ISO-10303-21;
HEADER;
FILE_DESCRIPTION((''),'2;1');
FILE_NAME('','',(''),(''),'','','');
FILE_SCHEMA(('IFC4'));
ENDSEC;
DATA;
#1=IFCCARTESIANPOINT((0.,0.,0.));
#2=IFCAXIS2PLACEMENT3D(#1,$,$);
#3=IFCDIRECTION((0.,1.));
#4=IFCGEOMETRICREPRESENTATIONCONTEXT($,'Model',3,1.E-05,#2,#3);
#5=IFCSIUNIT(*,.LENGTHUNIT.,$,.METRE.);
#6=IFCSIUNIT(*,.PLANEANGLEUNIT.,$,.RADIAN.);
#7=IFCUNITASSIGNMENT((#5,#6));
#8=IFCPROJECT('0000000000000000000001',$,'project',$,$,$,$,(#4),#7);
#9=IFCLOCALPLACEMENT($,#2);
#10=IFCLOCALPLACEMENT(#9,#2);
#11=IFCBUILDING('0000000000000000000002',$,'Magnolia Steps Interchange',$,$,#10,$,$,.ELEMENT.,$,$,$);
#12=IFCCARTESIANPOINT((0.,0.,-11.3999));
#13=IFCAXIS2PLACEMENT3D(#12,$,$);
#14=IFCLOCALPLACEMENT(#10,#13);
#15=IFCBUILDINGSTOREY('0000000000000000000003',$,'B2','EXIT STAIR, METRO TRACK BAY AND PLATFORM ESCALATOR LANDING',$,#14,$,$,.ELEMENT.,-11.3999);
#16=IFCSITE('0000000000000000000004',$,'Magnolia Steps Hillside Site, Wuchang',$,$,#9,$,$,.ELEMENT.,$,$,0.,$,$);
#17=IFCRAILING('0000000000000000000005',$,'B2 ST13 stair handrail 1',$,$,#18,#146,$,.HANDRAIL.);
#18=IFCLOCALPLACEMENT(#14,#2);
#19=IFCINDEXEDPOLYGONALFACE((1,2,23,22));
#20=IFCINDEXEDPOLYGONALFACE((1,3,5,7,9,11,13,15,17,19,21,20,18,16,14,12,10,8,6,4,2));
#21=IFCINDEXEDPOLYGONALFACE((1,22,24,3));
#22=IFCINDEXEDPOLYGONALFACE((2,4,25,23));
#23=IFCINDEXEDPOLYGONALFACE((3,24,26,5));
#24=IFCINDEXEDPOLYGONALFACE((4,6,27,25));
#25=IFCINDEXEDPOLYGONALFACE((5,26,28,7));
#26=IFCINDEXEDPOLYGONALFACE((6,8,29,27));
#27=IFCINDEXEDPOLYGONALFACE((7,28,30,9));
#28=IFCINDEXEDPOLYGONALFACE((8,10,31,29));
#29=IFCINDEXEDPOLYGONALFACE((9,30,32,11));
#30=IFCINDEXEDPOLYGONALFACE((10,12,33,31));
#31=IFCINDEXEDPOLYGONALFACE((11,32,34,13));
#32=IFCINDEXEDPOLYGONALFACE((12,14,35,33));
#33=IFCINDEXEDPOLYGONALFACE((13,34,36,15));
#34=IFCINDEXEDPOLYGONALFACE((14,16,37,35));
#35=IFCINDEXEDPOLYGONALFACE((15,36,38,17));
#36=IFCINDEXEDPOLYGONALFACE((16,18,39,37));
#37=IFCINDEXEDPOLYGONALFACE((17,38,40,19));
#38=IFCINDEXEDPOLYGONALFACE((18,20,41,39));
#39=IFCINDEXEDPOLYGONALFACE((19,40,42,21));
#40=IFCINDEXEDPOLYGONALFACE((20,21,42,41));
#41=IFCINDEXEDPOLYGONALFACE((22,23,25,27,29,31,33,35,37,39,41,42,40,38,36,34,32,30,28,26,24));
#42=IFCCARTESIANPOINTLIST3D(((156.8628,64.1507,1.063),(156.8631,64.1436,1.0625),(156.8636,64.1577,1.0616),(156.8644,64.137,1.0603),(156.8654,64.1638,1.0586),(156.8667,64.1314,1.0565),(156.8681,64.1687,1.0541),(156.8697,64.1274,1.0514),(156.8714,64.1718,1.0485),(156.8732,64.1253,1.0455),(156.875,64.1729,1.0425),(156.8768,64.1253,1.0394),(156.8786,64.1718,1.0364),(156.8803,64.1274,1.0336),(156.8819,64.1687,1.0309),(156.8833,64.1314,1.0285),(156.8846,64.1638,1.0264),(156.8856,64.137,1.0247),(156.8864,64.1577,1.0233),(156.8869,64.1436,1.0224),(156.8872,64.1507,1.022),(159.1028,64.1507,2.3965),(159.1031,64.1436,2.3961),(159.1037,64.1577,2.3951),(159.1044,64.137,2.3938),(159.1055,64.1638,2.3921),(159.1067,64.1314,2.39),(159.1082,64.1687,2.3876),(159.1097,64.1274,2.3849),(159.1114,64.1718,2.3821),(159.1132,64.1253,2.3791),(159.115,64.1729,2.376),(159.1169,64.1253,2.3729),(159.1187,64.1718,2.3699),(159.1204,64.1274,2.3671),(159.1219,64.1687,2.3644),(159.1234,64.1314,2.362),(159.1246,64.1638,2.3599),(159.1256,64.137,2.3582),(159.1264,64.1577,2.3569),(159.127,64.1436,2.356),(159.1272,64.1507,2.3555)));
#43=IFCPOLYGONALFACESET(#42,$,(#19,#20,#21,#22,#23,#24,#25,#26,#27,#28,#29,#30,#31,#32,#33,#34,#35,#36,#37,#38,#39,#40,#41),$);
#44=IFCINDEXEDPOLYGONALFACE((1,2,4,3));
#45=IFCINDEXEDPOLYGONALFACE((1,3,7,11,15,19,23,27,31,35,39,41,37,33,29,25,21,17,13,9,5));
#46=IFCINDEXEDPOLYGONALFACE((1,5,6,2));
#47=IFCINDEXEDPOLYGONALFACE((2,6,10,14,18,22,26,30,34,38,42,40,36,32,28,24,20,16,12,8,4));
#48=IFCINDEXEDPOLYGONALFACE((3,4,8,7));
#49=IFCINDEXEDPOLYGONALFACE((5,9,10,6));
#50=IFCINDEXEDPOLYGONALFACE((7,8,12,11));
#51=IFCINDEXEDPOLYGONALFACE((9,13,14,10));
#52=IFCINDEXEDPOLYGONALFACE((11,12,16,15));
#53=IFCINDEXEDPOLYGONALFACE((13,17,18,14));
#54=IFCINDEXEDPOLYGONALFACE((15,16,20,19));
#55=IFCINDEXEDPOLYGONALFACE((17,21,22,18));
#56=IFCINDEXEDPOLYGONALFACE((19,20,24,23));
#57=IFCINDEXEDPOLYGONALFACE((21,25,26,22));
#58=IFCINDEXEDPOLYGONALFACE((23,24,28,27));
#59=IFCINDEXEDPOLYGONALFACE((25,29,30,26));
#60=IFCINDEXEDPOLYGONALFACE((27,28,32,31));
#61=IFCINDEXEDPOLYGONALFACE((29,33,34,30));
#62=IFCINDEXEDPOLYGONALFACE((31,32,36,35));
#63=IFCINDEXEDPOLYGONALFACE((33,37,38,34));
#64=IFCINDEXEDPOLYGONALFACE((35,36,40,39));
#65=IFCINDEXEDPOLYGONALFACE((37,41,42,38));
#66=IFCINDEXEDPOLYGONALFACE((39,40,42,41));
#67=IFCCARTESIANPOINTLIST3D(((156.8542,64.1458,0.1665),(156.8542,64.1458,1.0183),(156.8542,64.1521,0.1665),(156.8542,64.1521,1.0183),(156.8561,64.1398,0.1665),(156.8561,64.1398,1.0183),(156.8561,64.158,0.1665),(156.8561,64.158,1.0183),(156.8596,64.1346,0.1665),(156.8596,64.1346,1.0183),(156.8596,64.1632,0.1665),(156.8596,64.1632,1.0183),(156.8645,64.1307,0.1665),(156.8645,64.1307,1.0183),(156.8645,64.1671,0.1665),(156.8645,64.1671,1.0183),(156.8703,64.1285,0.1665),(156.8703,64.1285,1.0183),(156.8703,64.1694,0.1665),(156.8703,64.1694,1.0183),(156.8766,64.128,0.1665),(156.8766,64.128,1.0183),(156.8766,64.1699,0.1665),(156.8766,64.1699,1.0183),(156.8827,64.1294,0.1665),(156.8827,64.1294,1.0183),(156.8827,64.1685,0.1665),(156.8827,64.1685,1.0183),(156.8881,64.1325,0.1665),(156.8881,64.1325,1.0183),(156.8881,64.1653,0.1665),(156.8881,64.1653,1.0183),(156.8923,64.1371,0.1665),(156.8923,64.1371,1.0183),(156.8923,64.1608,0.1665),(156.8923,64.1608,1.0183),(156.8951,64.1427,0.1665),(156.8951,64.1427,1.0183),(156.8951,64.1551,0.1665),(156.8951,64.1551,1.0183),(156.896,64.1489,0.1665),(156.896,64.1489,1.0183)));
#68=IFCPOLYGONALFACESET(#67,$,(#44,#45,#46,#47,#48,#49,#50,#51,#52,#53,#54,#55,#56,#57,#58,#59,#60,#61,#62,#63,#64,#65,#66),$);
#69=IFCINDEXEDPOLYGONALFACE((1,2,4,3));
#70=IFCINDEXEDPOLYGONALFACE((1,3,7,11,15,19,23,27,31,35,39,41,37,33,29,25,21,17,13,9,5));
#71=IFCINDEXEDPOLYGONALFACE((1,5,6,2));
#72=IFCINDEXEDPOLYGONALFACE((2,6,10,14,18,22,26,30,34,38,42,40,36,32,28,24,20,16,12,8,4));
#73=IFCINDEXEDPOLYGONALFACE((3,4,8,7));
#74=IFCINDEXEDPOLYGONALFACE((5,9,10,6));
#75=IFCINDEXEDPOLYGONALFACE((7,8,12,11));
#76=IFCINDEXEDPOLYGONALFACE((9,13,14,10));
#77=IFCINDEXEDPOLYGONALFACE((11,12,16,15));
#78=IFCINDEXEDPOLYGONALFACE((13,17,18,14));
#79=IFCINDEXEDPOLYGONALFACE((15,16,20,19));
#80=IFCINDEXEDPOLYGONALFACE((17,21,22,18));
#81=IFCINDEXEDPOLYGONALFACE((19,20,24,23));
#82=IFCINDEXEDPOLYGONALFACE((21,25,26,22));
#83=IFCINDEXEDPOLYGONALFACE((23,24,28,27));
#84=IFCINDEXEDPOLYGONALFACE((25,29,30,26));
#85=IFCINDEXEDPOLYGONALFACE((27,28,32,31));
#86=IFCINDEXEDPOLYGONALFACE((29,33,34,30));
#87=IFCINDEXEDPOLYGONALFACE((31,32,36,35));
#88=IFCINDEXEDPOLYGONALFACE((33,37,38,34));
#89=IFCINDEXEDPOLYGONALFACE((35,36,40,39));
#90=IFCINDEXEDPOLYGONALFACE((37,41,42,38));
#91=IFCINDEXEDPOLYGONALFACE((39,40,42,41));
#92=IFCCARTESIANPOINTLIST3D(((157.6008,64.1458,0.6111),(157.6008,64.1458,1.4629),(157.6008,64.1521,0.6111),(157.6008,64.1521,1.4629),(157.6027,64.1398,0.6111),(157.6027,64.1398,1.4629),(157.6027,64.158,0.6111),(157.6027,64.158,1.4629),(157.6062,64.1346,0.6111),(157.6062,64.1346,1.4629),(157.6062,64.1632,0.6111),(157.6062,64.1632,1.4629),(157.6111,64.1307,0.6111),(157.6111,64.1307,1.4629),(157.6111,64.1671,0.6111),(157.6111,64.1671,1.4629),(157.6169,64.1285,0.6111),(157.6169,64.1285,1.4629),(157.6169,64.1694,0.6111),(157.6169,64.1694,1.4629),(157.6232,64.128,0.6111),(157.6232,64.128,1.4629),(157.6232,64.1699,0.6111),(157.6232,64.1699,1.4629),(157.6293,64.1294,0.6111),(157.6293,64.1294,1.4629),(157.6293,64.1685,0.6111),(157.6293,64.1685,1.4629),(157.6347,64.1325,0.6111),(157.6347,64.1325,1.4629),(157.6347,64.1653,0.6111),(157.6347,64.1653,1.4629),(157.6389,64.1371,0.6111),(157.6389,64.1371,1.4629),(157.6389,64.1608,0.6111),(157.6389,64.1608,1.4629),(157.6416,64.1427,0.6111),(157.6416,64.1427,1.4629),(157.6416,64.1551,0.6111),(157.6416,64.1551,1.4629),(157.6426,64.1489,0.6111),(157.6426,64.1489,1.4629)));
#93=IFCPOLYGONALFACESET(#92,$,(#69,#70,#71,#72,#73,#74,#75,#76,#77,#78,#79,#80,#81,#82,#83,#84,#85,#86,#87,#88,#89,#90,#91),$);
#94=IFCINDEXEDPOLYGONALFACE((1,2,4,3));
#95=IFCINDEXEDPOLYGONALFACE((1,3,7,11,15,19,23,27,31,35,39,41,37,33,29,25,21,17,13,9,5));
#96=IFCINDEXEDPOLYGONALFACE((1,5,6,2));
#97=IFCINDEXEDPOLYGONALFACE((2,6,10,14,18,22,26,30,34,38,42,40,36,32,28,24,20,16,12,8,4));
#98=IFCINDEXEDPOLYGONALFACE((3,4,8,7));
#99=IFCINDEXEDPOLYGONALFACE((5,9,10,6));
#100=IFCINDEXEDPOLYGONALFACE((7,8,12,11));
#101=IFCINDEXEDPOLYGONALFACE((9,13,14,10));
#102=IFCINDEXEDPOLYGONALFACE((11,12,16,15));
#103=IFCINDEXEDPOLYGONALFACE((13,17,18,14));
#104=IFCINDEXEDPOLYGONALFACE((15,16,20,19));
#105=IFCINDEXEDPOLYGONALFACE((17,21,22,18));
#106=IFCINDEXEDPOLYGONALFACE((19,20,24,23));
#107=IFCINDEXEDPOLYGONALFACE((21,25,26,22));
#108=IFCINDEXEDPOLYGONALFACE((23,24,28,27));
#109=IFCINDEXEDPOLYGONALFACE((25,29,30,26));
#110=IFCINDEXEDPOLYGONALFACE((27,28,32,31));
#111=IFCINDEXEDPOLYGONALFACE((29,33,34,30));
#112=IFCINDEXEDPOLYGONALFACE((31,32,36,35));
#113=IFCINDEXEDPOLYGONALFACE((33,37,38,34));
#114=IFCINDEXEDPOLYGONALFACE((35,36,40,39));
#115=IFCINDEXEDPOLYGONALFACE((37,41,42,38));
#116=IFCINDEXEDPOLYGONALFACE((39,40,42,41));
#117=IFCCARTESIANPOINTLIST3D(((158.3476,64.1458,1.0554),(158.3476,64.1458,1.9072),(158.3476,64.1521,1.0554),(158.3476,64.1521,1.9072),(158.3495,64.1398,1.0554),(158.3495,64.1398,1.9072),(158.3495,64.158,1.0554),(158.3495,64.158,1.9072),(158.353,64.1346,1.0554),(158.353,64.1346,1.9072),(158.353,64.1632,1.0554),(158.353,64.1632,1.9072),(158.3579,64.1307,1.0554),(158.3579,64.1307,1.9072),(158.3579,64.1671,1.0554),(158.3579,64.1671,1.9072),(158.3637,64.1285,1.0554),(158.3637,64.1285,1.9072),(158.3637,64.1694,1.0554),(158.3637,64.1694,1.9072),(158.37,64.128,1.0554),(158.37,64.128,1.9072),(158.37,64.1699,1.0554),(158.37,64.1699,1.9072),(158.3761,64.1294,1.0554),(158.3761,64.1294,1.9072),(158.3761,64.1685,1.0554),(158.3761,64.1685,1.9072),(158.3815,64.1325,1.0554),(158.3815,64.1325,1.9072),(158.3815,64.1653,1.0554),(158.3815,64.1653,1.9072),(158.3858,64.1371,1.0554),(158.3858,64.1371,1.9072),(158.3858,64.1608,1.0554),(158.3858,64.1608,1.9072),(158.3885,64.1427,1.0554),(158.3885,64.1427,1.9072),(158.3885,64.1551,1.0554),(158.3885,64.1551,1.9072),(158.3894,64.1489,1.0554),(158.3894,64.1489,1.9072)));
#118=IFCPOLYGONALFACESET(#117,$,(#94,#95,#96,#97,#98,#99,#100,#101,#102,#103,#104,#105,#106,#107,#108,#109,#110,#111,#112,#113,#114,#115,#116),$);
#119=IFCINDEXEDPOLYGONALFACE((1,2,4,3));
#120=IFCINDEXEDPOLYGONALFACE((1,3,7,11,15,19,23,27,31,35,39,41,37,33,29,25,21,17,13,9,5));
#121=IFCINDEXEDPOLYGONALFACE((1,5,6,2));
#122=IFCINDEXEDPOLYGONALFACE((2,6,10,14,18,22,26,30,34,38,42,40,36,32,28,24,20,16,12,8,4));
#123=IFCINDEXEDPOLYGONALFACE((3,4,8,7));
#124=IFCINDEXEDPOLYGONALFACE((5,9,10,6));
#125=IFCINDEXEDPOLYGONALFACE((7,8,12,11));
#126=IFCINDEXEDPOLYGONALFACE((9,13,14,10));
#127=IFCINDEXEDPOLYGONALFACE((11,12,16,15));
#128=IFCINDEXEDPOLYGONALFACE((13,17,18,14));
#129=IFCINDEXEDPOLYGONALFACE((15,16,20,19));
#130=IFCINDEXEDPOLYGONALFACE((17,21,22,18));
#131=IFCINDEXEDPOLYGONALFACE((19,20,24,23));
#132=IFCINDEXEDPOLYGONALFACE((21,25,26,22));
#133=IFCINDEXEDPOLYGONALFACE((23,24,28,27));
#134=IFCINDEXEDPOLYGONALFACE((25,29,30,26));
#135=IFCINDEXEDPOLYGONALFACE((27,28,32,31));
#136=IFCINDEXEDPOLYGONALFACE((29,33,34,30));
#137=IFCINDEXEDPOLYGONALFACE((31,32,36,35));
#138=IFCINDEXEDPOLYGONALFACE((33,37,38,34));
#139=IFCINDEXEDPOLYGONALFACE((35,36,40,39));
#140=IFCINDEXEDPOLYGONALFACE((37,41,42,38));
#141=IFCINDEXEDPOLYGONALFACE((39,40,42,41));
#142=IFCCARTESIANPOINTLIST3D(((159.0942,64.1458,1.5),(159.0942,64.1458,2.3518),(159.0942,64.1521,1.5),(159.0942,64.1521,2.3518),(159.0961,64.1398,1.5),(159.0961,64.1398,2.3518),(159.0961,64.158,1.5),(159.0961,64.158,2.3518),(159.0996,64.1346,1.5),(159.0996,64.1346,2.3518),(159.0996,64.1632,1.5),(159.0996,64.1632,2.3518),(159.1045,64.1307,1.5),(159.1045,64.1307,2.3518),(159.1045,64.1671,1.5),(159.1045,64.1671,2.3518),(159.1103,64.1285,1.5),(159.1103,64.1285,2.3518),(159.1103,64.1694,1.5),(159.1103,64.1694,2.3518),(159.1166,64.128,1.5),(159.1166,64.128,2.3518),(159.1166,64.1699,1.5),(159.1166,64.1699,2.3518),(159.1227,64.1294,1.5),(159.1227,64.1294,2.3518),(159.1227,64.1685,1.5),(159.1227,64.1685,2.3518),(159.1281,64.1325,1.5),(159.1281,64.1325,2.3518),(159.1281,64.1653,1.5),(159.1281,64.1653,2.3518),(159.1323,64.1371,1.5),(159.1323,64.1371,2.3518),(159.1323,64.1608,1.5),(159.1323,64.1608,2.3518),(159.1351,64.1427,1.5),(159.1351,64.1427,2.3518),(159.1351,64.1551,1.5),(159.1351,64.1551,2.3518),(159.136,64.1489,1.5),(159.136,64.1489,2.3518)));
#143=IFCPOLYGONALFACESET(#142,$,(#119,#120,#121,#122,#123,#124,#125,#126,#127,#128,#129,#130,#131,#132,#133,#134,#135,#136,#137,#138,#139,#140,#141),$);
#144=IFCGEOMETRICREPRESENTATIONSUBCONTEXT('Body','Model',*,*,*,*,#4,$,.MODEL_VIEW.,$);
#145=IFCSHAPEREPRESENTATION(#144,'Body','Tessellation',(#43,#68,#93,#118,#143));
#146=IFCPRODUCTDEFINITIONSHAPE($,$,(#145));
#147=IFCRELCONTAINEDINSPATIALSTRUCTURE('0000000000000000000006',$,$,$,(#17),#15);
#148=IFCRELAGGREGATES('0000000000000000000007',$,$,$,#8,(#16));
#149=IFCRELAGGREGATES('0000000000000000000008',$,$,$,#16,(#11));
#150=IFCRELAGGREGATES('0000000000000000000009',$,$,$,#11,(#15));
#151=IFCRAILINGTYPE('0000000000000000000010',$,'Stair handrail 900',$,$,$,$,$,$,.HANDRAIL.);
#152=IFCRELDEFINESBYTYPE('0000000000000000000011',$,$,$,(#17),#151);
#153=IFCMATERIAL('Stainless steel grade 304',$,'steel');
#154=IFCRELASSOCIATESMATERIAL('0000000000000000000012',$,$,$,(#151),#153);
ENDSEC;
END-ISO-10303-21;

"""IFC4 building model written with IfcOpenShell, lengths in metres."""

from ifc_helpers import new_model, si_unit, direction, frame, origin, origin_2d, place, context, subcontext, project, spatial, circle, extrude, material, type_object, element, save


model = new_model("IFC4")

# Units and contexts
model_context = context("Model", 3, precision=1e-05, world=origin(), true_north=direction((0.0, 1.0)))
body_context = subcontext(model_context, "Body", "Model", "MODEL_VIEW")
ifc_project = project(units=[si_unit("LENGTHUNIT", "METRE"), si_unit("PLANEANGLEUNIT", "RADIAN")], contexts=[model_context])

# Site, building, storey
site_placement = place(None, origin())
site = spatial("IfcSite", under=ifc_project, at=site_placement, Name="Magnolia Steps Hillside Site, Wuchang", CompositionType="ELEMENT", RefElevation=0.0)
building_placement = place(site_placement, origin())
building = spatial("IfcBuilding", under=site, at=building_placement, Name="Magnolia Steps Interchange", CompositionType="ELEMENT")
storey_placement = place(building_placement, frame((0.0, 0.0, -11.3999)))
storey = spatial("IfcBuildingStorey", under=building, at=storey_placement, Name="B2", Description="EXIT STAIR, METRO TRACK BAY AND PLATFORM ESCALATOR LANDING", CompositionType="ELEMENT", Elevation=-11.3999)

# Railing
ifc_material_1 = material(Name="Stainless steel grade 304", Category="steel")
railing_type_1 = type_object("IfcRailingType", Name="Stair handrail 900", PredefinedType="HANDRAIL", material=ifc_material_1)
for number, where, name in (
    (1, (156.875, 64.1489, 0.1665), "B2 ST13 stair handrail 1"),
):
    element("IfcRailing", number, at=place(storey_placement, frame(where)), inside=storey, type_object=railing_type_1, Name=name, PredefinedType="HANDRAIL", context=body_context, shape_type="SweptSolid", body=[
        extrude(circle(Radius=0.0239, at=origin_2d()), frame((0.0, 0.0, 0.876), z_axis=(0.859264, 0.0, 0.511532), x_axis=(0.0, 1.0, 0.0)), (0.0, 0.0, 1.0), 2.6069),
        extrude(circle(Radius=0.021, at=origin_2d()), origin(), (0.0, 0.0, 1.0), 0.8518),
        extrude(circle(Radius=0.021, at=origin_2d()), frame((0.7466, 0.0, 0.4446)), (0.0, 0.0, 1.0), 0.8518),
        extrude(circle(Radius=0.021, at=origin_2d()), frame((1.4934, 0.0, 0.8889)), (0.0, 0.0, 1.0), 0.8518),
        extrude(circle(Radius=0.021, at=origin_2d()), frame((2.24, 0.0, 1.3335)), (0.0, 0.0, 1.0), 0.8518),
    ])

save(model, "model.ifc")
